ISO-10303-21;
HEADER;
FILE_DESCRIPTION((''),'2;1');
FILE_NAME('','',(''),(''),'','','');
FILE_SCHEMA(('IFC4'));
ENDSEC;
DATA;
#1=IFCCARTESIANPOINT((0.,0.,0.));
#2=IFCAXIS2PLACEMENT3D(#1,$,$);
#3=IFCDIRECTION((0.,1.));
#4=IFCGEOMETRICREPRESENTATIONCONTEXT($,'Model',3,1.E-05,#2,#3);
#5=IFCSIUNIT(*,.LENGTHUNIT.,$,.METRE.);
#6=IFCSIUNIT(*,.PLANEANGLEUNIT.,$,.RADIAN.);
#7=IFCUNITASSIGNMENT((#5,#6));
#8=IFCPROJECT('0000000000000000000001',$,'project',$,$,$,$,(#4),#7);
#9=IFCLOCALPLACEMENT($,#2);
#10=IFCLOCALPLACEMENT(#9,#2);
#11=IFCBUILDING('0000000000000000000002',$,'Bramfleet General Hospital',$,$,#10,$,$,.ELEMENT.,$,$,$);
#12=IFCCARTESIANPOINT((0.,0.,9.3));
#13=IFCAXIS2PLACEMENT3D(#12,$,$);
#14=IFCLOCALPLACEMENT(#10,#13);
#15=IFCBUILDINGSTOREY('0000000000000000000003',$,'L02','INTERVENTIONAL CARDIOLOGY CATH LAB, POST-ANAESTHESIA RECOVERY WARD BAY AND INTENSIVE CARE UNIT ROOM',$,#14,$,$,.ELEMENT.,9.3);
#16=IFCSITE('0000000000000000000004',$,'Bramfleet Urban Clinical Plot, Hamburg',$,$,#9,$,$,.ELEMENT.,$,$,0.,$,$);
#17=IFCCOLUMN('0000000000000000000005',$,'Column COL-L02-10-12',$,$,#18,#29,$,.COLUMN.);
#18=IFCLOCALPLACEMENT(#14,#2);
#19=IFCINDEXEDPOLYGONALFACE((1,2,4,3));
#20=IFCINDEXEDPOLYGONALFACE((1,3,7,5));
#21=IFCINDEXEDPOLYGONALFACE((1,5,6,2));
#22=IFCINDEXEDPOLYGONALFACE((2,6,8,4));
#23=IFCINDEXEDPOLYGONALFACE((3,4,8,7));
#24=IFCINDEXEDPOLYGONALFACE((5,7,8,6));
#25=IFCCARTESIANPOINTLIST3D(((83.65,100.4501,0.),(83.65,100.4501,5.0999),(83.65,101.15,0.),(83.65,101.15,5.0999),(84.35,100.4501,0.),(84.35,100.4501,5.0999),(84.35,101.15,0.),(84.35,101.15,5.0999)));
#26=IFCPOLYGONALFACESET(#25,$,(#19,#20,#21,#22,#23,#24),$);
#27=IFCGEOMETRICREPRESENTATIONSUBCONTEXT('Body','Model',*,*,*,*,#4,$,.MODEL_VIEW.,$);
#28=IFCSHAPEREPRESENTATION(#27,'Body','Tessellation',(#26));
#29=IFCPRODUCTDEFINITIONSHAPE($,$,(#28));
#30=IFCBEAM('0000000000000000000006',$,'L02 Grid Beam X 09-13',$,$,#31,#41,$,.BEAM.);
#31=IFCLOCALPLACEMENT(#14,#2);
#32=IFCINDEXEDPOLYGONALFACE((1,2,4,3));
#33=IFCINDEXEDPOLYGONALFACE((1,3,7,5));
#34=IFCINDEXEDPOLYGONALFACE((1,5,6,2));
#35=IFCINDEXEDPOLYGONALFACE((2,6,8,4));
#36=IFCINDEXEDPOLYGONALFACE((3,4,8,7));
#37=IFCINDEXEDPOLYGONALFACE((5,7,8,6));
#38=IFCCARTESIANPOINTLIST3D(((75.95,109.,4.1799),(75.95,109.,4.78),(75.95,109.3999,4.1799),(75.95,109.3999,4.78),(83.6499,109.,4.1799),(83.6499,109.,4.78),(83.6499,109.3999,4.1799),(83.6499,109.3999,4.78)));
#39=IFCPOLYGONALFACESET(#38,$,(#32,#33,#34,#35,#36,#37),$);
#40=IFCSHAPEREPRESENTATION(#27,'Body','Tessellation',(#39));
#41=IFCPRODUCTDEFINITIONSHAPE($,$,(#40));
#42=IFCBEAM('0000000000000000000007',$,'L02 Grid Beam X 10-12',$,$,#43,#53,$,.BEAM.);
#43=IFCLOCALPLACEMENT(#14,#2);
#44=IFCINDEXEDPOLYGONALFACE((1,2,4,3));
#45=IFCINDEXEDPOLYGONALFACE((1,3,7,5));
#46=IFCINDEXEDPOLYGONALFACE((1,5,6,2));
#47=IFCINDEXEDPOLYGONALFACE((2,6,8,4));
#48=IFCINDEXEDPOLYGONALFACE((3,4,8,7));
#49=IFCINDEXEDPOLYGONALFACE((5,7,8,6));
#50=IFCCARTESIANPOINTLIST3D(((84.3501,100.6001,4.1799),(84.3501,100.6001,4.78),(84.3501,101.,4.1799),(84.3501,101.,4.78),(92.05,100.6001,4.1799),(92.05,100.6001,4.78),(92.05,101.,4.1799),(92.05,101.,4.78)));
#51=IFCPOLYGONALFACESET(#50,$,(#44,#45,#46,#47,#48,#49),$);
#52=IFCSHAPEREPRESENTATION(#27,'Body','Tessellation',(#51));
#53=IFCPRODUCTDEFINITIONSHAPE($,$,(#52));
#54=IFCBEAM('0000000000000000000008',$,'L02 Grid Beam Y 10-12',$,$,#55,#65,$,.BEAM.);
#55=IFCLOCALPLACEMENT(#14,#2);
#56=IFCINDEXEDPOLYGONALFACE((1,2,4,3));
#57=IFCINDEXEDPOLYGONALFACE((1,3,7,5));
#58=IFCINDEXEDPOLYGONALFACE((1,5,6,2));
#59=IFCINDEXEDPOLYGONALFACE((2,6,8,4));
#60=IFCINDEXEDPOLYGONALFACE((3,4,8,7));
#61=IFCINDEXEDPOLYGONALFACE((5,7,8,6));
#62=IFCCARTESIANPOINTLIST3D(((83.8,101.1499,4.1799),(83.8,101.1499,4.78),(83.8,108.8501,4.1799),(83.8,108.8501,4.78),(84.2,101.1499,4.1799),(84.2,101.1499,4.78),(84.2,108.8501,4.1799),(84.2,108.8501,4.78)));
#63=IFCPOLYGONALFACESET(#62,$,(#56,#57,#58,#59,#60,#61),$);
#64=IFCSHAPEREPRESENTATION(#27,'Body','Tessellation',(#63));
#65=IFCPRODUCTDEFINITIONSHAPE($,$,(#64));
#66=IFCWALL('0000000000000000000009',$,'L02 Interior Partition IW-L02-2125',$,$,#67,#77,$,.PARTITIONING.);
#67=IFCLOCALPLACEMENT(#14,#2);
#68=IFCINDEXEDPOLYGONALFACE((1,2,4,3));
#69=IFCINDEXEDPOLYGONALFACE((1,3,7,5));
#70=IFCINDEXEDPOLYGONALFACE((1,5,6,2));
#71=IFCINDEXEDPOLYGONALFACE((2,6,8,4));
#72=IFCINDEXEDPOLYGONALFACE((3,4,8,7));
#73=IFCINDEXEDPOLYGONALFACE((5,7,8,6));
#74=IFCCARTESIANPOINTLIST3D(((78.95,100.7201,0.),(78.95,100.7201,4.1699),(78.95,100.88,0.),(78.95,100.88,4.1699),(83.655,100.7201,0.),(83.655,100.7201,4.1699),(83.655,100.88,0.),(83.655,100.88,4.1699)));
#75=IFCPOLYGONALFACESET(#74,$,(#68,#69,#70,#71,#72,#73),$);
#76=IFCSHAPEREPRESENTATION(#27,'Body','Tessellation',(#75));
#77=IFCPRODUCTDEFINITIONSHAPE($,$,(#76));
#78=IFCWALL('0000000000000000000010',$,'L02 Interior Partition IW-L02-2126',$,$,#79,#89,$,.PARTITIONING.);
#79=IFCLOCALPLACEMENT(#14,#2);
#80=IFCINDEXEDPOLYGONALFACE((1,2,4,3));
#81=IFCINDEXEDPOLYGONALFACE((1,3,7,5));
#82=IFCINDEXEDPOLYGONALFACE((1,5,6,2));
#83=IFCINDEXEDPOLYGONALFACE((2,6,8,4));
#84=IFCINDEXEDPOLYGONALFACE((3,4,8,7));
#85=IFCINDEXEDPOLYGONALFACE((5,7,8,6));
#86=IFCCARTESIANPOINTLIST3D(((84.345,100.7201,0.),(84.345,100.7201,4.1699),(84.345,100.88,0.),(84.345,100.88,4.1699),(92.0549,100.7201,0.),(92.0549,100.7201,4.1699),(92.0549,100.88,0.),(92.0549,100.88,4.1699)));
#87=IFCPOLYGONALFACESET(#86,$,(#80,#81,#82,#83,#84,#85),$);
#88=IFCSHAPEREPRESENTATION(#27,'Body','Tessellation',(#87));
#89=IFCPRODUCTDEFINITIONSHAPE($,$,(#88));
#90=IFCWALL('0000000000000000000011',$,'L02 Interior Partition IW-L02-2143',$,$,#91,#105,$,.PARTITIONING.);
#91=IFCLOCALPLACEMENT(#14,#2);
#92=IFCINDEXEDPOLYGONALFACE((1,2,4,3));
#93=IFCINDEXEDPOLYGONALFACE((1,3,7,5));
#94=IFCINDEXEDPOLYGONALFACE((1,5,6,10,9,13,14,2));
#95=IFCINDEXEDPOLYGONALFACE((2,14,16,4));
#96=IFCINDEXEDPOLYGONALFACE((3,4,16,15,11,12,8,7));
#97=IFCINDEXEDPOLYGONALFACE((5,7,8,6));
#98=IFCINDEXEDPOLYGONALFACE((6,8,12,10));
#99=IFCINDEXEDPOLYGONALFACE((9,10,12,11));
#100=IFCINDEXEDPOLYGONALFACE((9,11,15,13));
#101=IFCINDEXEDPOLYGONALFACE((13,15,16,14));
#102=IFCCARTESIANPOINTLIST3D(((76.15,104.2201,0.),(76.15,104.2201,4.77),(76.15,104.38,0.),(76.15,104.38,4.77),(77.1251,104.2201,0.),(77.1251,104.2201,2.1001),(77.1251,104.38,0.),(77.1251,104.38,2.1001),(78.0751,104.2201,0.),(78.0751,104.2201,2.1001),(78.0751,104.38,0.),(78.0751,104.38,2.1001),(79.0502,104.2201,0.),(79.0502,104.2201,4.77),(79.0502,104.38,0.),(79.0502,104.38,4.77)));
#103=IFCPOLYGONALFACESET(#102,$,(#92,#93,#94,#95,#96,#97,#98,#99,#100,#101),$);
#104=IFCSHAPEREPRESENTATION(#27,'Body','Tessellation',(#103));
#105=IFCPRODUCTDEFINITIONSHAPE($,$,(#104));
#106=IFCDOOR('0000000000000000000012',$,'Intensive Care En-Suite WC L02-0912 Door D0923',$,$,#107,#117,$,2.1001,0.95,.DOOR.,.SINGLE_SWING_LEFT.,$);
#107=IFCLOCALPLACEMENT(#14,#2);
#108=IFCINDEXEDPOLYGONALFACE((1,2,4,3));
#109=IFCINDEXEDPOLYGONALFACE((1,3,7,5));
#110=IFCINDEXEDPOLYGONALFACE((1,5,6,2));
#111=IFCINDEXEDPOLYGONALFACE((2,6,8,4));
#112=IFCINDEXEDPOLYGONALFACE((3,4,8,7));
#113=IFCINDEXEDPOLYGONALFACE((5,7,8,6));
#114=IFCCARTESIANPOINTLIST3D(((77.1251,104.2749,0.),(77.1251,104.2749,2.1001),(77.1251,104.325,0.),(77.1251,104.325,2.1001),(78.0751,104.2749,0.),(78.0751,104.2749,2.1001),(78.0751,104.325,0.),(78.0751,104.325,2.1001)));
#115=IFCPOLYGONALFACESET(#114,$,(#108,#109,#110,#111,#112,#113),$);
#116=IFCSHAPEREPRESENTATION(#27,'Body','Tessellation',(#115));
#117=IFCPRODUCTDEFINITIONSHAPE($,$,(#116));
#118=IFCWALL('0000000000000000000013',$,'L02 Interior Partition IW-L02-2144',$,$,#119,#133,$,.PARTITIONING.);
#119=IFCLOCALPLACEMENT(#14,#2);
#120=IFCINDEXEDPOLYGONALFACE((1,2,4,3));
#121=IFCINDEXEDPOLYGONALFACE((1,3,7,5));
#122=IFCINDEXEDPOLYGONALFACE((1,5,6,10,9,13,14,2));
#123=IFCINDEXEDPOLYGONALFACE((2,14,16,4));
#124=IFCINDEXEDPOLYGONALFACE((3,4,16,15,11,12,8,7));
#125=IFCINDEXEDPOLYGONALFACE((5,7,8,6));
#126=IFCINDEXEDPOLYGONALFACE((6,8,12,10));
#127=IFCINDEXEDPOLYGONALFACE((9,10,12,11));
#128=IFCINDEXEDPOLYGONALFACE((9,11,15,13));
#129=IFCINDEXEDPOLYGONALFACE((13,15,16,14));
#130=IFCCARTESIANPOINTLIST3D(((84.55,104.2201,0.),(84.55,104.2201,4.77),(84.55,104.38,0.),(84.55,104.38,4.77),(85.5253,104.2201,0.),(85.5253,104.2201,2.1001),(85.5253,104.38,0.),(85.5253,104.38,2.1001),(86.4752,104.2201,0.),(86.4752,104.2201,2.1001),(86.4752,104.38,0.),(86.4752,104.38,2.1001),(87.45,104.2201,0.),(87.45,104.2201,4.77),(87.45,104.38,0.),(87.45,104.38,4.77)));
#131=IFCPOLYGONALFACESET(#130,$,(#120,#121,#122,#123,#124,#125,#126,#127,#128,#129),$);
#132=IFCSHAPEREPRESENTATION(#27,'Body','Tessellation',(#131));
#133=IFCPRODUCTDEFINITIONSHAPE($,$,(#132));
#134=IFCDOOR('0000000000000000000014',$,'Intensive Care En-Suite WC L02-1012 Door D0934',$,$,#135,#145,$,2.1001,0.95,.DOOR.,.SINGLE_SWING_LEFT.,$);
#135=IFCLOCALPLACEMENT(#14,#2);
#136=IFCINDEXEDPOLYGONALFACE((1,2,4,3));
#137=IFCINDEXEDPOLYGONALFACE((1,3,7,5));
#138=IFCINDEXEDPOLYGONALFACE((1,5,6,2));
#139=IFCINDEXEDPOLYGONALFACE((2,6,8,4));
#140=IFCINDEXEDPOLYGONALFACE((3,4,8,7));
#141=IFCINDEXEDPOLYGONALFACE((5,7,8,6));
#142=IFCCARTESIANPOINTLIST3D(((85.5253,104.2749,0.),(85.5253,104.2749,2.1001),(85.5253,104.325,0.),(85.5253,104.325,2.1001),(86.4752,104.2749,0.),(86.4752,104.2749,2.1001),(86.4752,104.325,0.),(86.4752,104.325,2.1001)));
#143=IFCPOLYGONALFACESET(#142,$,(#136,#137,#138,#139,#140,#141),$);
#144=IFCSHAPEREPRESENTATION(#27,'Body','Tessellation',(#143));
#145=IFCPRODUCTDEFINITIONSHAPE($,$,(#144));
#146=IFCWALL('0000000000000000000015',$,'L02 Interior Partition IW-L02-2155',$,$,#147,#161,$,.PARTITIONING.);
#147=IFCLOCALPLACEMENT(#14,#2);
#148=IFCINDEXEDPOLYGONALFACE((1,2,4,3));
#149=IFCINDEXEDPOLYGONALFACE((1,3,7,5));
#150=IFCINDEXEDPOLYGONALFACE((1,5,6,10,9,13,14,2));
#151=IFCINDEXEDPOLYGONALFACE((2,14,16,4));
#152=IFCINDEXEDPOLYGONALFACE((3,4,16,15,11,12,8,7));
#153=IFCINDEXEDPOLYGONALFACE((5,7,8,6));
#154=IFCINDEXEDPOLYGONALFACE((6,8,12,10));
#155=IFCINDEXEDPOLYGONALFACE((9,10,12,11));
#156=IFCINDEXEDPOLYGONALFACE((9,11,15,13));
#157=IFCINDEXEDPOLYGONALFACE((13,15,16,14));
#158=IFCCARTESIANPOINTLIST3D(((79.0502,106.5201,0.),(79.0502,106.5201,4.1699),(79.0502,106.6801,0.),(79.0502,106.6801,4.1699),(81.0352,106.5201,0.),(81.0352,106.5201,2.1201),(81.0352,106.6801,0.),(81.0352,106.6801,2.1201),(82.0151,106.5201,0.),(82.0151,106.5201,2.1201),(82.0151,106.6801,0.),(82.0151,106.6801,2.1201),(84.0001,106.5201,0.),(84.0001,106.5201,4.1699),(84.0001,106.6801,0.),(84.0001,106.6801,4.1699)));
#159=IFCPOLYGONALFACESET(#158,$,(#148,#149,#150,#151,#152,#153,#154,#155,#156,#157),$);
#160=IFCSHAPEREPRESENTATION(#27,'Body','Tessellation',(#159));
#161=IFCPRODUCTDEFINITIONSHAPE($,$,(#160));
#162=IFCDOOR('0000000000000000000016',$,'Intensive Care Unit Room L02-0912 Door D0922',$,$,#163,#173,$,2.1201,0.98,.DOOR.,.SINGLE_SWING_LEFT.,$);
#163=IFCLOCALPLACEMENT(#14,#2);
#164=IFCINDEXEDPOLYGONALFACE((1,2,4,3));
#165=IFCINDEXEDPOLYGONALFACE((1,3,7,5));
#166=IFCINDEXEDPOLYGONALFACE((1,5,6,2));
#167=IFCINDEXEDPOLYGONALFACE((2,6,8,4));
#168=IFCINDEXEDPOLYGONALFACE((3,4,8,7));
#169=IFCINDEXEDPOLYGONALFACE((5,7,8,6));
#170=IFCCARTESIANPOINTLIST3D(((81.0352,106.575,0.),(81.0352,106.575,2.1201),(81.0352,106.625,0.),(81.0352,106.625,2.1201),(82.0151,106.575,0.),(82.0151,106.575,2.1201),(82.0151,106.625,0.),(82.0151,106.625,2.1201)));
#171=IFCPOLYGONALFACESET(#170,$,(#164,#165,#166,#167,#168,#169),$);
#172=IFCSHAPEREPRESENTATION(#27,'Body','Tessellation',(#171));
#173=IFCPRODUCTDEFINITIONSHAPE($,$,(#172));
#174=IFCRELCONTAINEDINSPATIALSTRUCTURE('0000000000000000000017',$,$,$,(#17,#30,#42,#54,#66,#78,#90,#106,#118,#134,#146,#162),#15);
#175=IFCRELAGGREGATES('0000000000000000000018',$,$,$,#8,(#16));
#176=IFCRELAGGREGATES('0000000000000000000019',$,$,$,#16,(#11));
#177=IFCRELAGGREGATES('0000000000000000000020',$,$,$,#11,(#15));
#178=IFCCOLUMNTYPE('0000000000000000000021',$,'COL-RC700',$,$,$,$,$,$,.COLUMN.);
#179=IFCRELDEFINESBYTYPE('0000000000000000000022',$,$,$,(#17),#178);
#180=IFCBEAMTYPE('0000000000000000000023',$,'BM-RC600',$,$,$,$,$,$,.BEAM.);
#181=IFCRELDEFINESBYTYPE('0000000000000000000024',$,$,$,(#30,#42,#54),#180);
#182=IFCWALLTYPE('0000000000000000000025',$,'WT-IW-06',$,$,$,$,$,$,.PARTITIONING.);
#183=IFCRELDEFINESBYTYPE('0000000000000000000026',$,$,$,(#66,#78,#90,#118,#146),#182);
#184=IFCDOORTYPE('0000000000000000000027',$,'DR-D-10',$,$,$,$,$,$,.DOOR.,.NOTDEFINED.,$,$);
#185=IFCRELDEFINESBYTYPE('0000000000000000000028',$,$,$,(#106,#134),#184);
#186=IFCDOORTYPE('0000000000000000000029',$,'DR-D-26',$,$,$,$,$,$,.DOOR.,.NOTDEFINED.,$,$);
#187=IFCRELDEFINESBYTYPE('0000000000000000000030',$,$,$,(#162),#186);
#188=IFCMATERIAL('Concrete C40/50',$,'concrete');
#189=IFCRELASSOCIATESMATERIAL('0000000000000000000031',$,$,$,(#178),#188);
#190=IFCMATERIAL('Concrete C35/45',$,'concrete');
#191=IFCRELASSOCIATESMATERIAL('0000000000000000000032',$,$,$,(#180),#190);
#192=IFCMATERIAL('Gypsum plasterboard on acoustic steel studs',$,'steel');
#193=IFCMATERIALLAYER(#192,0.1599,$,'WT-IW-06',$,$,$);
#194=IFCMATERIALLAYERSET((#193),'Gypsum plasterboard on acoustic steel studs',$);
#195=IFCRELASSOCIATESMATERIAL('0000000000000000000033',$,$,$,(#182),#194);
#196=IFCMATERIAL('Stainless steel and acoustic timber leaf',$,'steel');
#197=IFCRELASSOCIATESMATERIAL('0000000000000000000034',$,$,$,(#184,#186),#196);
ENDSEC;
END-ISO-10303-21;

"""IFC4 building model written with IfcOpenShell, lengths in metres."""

from ifc_helpers import new_model, si_unit, direction, frame, frame_2d, origin, origin_2d, place, context, subcontext, project, spatial, rectangle, extrude, material, layer, layer_set, material_profile, profile_set, type_object, element, fill, save


model = new_model("IFC4")

# Units and contexts
model_context = context("Model", 3, precision=1e-05, world=origin(), true_north=direction((0.0, 1.0)))
body_context = subcontext(model_context, "Body", "Model", "MODEL_VIEW")
ifc_project = project(units=[si_unit("LENGTHUNIT", "METRE"), si_unit("PLANEANGLEUNIT", "RADIAN")], contexts=[model_context])

# Site, building, storey
site_placement = place(None, origin())
site = spatial("IfcSite", under=ifc_project, at=site_placement, Name="Bramfleet Urban Clinical Plot, Hamburg", CompositionType="ELEMENT", RefElevation=0.0)
building_placement = place(site_placement, origin())
building = spatial("IfcBuilding", under=site, at=building_placement, Name="Bramfleet General Hospital", CompositionType="ELEMENT")
storey_placement = place(building_placement, frame((0.0, 0.0, 9.3)))
storey = spatial("IfcBuildingStorey", under=building, at=storey_placement, Name="L02", Description="INTERVENTIONAL CARDIOLOGY CATH LAB, POST-ANAESTHESIA RECOVERY WARD BAY AND INTENSIVE CARE UNIT ROOM", CompositionType="ELEMENT", Elevation=9.3)

# Column
ifc_material_1 = material(Name="Concrete C40/50", Category="concrete")
ifc_material_profile_1 = material_profile(ifc_material_1, rectangle(XDim=0.7, YDim=0.7, at=origin_2d()), Name="RC COL 700x700")
ifc_profile_set_1 = profile_set([ifc_material_profile_1], Name="Concrete C40/50")
column_type = type_object("IfcColumnType", Name="COL-RC700", PredefinedType="COLUMN", material=ifc_profile_set_1)
column_placement = place(storey_placement, frame((84.0, 100.8, 0.0), z_axis=(0.0, 0.0, 1.0), x_axis=(1.0, 0.0, 0.0)))
element("IfcColumn", 1, at=column_placement, inside=storey, type_object=column_type, Name="Column COL-L02-10-12", PredefinedType="COLUMN", context=body_context, shape_type="SweptSolid", body=[
    extrude(rectangle(XDim=0.7, YDim=0.7, at=origin_2d()), origin(), (0.0, 0.0, 1.0), 5.0999),
])

# Beams
ifc_material_2 = material(Name="Concrete C35/45", Category="concrete")
ifc_material_profile_2 = material_profile(ifc_material_2, rectangle(XDim=0.3999, YDim=0.6001, at=origin_2d()), Name="RC BM 600x400")
ifc_profile_set_2 = profile_set([ifc_material_profile_2], Name="Concrete C35/45")
beam_type = type_object("IfcBeamType", Name="BM-RC600", PredefinedType="BEAM", material=ifc_profile_set_2)
for number, where, z_axis, x_axis, name in (
    (2, (75.95, 109.2, 4.48), (1.0, 0.0, 0.0), (0.0, 1.0, 0.0), "L02 Grid Beam X 09-13"),
    (3, (84.3501, 100.8, 4.48), (1.0, 0.0, 0.0), (0.0, 1.0, 0.0), "L02 Grid Beam X 10-12"),
):
    element("IfcBeam", number, at=place(storey_placement, frame(where, z_axis=z_axis, x_axis=x_axis)), inside=storey, type_object=beam_type, Name=name, PredefinedType="BEAM", context=body_context, shape_type="SweptSolid", body=[
        extrude(rectangle(XDim=0.3999, YDim=0.6001, at=origin_2d()), origin(), (0.0, 0.0, 1.0), 7.7),
    ])
beam_placement = place(storey_placement, frame((84.0, 101.1499, 4.48), z_axis=(0.0, 1.0, 0.0), x_axis=(-1.0, 0.0, 0.0)))
element("IfcBeam", 4, at=beam_placement, inside=storey, type_object=beam_type, Name="L02 Grid Beam Y 10-12", PredefinedType="BEAM", context=body_context, shape_type="SweptSolid", body=[
    extrude(rectangle(XDim=0.3999, YDim=0.6001, at=origin_2d()), origin(), (0.0, 0.0, 1.0), 7.7002),
])

# Walls
ifc_material_3 = material(Name="Gypsum plasterboard on acoustic steel studs", Category="steel")
ifc_layer_1 = layer(ifc_material_3, 0.1599, Name="WT-IW-06")
ifc_layer_set_1 = layer_set([ifc_layer_1], Name="Gypsum plasterboard on acoustic steel studs")
wall_type_1 = type_object("IfcWallType", Name="WT-IW-06", PredefinedType="PARTITIONING", material=ifc_layer_set_1)
wall_1_placement = place(storey_placement, frame((78.95, 100.8, 0.0), z_axis=(0.0, 0.0, 1.0), x_axis=(1.0, 0.0, 0.0)))
element("IfcWall", 5, at=wall_1_placement, inside=storey, type_object=wall_type_1, Name="L02 Interior Partition IW-L02-2125", PredefinedType="PARTITIONING", context=body_context, shape_type="SweptSolid", body=[
    extrude(rectangle(XDim=4.7051, YDim=0.1599, at=frame_2d((2.3525, 0.0))), origin(), (0.0, 0.0, 1.0), 4.1699),
])
wall_2_placement = place(storey_placement, frame((84.345, 100.8, 0.0), z_axis=(0.0, 0.0, 1.0), x_axis=(1.0, 0.0, 0.0)))
element("IfcWall", 6, at=wall_2_placement, inside=storey, type_object=wall_type_1, Name="L02 Interior Partition IW-L02-2126", PredefinedType="PARTITIONING", context=body_context, shape_type="SweptSolid", body=[
    extrude(rectangle(XDim=7.71, YDim=0.1599, at=frame_2d((3.855, 0.0))), origin(), (0.0, 0.0, 1.0), 4.1699),
])

# Walls, openings, doors
wall_3_placement = place(storey_placement, frame((76.1499, 104.3, 0.0), z_axis=(0.0, 0.0, 1.0), x_axis=(1.0, 0.0, 0.0)))
wall_3 = element("IfcWall", 7, at=wall_3_placement, inside=storey, type_object=wall_type_1, Name="L02 Interior Partition IW-L02-2143", PredefinedType="PARTITIONING", context=body_context, shape_type="SweptSolid", body=[
    extrude(rectangle(XDim=2.9001, YDim=0.1599, at=frame_2d((1.4502, 0.0))), origin(), (0.0, 0.0, 1.0), 4.77),
])
opening_1_placement = place(wall_3_placement, frame((0.9751, 0.0, 0.0)))
opening_1 = element("IfcOpeningElement", 8, at=opening_1_placement, cuts=wall_3, PredefinedType="OPENING", context=body_context, shape_type="SweptSolid", body=[
    extrude(rectangle(XDim=0.95, YDim=2.1001, at=frame_2d((0.4751, 1.05))), frame((0.0, 0.0898, 0.0), z_axis=(0.0, -1.0, 0.0), x_axis=(1.0, 0.0, 0.0)), (0.0, 0.0, 1.0), 0.1799),
])
ifc_material_4 = material(Name="Stainless steel and acoustic timber leaf", Category="steel")
door_type_1 = type_object("IfcDoorType", Name="DR-D-10", OperationType="NOTDEFINED", PredefinedType="DOOR", material=ifc_material_4)
door_1_placement = place(opening_1_placement, origin())
door_1 = element("IfcDoor", 9, at=door_1_placement, inside=storey, type_object=door_type_1, Name="Intensive Care En-Suite WC L02-0912 Door D0923", OperationType="SINGLE_SWING_LEFT", OverallHeight=2.1001, OverallWidth=0.95, PredefinedType="DOOR", context=body_context, shape_type="SweptSolid", body=[
    extrude(rectangle(XDim=0.95, YDim=2.1001, at=frame_2d((0.4751, 1.05))), frame((0.0, 0.0249, 0.0), z_axis=(0.0, -1.0, 0.0), x_axis=(1.0, 0.0, 0.0)), (0.0, 0.0, 1.0), 0.05),
])
fill(opening_1, door_1)
wall_4_placement = place(storey_placement, frame((84.55, 104.3, 0.0), z_axis=(0.0, 0.0, 1.0), x_axis=(1.0, 0.0, 0.0)))
wall_4 = element("IfcWall", 10, at=wall_4_placement, inside=storey, type_object=wall_type_1, Name="L02 Interior Partition IW-L02-2144", PredefinedType="PARTITIONING", context=body_context, shape_type="SweptSolid", body=[
    extrude(rectangle(XDim=2.8999, YDim=0.1599, at=frame_2d((1.45, 0.0))), origin(), (0.0, 0.0, 1.0), 4.77),
])
opening_2_placement = place(wall_4_placement, frame((0.9751, 0.0, 0.0)))
opening_2 = element("IfcOpeningElement", 11, at=opening_2_placement, cuts=wall_4, PredefinedType="OPENING", context=body_context, shape_type="SweptSolid", body=[
    extrude(rectangle(XDim=0.95, YDim=2.1001, at=frame_2d((0.4751, 1.05))), frame((0.0, 0.0898, 0.0), z_axis=(0.0, -1.0, 0.0), x_axis=(1.0, 0.0, 0.0)), (0.0, 0.0, 1.0), 0.1799),
])
door_2_placement = place(opening_2_placement, origin())
door_2 = element("IfcDoor", 12, at=door_2_placement, inside=storey, type_object=door_type_1, Name="Intensive Care En-Suite WC L02-1012 Door D0934", OperationType="SINGLE_SWING_LEFT", OverallHeight=2.1001, OverallWidth=0.95, PredefinedType="DOOR", context=body_context, shape_type="SweptSolid", body=[
    extrude(rectangle(XDim=0.95, YDim=2.1001, at=frame_2d((0.4751, 1.05))), frame((0.0, 0.0249, 0.0), z_axis=(0.0, -1.0, 0.0), x_axis=(1.0, 0.0, 0.0)), (0.0, 0.0, 1.0), 0.05),
])
fill(opening_2, door_2)
wall_5_placement = place(storey_placement, frame((79.05, 106.6001, 0.0), z_axis=(0.0, 0.0, 1.0), x_axis=(1.0, 0.0, 0.0)))
wall_5 = element("IfcWall", 13, at=wall_5_placement, inside=storey, type_object=wall_type_1, Name="L02 Interior Partition IW-L02-2155", PredefinedType="PARTITIONING", context=body_context, shape_type="SweptSolid", body=[
    extrude(rectangle(XDim=4.95, YDim=0.1599, at=frame_2d((2.4751, 0.0))), origin(), (0.0, 0.0, 1.0), 4.1699),
])
opening_3_placement = place(wall_5_placement, frame((1.9851, 0.0, 0.0)))
opening_3 = element("IfcOpeningElement", 14, at=opening_3_placement, cuts=wall_5, PredefinedType="OPENING", context=body_context, shape_type="SweptSolid", body=[
    extrude(rectangle(XDim=0.98, YDim=2.1201, at=frame_2d((0.49, 1.0601))), frame((0.0, 0.0898, 0.0), z_axis=(0.0, -1.0, 0.0), x_axis=(1.0, 0.0, 0.0)), (0.0, 0.0, 1.0), 0.1799),
])
door_type_2 = type_object("IfcDoorType", Name="DR-D-26", OperationType="NOTDEFINED", PredefinedType="DOOR", material=ifc_material_4)
door_3_placement = place(opening_3_placement, origin())
door_3 = element("IfcDoor", 15, at=door_3_placement, inside=storey, type_object=door_type_2, Name="Intensive Care Unit Room L02-0912 Door D0922", OperationType="SINGLE_SWING_LEFT", OverallHeight=2.1201, OverallWidth=0.98, PredefinedType="DOOR", context=body_context, shape_type="SweptSolid", body=[
    extrude(rectangle(XDim=0.98, YDim=2.1201, at=frame_2d((0.49, 1.0601))), frame((0.0, 0.0249, 0.0), z_axis=(0.0, -1.0, 0.0), x_axis=(1.0, 0.0, 0.0)), (0.0, 0.0, 1.0), 0.05),
])
fill(opening_3, door_3)

save(model, "model.ifc")
